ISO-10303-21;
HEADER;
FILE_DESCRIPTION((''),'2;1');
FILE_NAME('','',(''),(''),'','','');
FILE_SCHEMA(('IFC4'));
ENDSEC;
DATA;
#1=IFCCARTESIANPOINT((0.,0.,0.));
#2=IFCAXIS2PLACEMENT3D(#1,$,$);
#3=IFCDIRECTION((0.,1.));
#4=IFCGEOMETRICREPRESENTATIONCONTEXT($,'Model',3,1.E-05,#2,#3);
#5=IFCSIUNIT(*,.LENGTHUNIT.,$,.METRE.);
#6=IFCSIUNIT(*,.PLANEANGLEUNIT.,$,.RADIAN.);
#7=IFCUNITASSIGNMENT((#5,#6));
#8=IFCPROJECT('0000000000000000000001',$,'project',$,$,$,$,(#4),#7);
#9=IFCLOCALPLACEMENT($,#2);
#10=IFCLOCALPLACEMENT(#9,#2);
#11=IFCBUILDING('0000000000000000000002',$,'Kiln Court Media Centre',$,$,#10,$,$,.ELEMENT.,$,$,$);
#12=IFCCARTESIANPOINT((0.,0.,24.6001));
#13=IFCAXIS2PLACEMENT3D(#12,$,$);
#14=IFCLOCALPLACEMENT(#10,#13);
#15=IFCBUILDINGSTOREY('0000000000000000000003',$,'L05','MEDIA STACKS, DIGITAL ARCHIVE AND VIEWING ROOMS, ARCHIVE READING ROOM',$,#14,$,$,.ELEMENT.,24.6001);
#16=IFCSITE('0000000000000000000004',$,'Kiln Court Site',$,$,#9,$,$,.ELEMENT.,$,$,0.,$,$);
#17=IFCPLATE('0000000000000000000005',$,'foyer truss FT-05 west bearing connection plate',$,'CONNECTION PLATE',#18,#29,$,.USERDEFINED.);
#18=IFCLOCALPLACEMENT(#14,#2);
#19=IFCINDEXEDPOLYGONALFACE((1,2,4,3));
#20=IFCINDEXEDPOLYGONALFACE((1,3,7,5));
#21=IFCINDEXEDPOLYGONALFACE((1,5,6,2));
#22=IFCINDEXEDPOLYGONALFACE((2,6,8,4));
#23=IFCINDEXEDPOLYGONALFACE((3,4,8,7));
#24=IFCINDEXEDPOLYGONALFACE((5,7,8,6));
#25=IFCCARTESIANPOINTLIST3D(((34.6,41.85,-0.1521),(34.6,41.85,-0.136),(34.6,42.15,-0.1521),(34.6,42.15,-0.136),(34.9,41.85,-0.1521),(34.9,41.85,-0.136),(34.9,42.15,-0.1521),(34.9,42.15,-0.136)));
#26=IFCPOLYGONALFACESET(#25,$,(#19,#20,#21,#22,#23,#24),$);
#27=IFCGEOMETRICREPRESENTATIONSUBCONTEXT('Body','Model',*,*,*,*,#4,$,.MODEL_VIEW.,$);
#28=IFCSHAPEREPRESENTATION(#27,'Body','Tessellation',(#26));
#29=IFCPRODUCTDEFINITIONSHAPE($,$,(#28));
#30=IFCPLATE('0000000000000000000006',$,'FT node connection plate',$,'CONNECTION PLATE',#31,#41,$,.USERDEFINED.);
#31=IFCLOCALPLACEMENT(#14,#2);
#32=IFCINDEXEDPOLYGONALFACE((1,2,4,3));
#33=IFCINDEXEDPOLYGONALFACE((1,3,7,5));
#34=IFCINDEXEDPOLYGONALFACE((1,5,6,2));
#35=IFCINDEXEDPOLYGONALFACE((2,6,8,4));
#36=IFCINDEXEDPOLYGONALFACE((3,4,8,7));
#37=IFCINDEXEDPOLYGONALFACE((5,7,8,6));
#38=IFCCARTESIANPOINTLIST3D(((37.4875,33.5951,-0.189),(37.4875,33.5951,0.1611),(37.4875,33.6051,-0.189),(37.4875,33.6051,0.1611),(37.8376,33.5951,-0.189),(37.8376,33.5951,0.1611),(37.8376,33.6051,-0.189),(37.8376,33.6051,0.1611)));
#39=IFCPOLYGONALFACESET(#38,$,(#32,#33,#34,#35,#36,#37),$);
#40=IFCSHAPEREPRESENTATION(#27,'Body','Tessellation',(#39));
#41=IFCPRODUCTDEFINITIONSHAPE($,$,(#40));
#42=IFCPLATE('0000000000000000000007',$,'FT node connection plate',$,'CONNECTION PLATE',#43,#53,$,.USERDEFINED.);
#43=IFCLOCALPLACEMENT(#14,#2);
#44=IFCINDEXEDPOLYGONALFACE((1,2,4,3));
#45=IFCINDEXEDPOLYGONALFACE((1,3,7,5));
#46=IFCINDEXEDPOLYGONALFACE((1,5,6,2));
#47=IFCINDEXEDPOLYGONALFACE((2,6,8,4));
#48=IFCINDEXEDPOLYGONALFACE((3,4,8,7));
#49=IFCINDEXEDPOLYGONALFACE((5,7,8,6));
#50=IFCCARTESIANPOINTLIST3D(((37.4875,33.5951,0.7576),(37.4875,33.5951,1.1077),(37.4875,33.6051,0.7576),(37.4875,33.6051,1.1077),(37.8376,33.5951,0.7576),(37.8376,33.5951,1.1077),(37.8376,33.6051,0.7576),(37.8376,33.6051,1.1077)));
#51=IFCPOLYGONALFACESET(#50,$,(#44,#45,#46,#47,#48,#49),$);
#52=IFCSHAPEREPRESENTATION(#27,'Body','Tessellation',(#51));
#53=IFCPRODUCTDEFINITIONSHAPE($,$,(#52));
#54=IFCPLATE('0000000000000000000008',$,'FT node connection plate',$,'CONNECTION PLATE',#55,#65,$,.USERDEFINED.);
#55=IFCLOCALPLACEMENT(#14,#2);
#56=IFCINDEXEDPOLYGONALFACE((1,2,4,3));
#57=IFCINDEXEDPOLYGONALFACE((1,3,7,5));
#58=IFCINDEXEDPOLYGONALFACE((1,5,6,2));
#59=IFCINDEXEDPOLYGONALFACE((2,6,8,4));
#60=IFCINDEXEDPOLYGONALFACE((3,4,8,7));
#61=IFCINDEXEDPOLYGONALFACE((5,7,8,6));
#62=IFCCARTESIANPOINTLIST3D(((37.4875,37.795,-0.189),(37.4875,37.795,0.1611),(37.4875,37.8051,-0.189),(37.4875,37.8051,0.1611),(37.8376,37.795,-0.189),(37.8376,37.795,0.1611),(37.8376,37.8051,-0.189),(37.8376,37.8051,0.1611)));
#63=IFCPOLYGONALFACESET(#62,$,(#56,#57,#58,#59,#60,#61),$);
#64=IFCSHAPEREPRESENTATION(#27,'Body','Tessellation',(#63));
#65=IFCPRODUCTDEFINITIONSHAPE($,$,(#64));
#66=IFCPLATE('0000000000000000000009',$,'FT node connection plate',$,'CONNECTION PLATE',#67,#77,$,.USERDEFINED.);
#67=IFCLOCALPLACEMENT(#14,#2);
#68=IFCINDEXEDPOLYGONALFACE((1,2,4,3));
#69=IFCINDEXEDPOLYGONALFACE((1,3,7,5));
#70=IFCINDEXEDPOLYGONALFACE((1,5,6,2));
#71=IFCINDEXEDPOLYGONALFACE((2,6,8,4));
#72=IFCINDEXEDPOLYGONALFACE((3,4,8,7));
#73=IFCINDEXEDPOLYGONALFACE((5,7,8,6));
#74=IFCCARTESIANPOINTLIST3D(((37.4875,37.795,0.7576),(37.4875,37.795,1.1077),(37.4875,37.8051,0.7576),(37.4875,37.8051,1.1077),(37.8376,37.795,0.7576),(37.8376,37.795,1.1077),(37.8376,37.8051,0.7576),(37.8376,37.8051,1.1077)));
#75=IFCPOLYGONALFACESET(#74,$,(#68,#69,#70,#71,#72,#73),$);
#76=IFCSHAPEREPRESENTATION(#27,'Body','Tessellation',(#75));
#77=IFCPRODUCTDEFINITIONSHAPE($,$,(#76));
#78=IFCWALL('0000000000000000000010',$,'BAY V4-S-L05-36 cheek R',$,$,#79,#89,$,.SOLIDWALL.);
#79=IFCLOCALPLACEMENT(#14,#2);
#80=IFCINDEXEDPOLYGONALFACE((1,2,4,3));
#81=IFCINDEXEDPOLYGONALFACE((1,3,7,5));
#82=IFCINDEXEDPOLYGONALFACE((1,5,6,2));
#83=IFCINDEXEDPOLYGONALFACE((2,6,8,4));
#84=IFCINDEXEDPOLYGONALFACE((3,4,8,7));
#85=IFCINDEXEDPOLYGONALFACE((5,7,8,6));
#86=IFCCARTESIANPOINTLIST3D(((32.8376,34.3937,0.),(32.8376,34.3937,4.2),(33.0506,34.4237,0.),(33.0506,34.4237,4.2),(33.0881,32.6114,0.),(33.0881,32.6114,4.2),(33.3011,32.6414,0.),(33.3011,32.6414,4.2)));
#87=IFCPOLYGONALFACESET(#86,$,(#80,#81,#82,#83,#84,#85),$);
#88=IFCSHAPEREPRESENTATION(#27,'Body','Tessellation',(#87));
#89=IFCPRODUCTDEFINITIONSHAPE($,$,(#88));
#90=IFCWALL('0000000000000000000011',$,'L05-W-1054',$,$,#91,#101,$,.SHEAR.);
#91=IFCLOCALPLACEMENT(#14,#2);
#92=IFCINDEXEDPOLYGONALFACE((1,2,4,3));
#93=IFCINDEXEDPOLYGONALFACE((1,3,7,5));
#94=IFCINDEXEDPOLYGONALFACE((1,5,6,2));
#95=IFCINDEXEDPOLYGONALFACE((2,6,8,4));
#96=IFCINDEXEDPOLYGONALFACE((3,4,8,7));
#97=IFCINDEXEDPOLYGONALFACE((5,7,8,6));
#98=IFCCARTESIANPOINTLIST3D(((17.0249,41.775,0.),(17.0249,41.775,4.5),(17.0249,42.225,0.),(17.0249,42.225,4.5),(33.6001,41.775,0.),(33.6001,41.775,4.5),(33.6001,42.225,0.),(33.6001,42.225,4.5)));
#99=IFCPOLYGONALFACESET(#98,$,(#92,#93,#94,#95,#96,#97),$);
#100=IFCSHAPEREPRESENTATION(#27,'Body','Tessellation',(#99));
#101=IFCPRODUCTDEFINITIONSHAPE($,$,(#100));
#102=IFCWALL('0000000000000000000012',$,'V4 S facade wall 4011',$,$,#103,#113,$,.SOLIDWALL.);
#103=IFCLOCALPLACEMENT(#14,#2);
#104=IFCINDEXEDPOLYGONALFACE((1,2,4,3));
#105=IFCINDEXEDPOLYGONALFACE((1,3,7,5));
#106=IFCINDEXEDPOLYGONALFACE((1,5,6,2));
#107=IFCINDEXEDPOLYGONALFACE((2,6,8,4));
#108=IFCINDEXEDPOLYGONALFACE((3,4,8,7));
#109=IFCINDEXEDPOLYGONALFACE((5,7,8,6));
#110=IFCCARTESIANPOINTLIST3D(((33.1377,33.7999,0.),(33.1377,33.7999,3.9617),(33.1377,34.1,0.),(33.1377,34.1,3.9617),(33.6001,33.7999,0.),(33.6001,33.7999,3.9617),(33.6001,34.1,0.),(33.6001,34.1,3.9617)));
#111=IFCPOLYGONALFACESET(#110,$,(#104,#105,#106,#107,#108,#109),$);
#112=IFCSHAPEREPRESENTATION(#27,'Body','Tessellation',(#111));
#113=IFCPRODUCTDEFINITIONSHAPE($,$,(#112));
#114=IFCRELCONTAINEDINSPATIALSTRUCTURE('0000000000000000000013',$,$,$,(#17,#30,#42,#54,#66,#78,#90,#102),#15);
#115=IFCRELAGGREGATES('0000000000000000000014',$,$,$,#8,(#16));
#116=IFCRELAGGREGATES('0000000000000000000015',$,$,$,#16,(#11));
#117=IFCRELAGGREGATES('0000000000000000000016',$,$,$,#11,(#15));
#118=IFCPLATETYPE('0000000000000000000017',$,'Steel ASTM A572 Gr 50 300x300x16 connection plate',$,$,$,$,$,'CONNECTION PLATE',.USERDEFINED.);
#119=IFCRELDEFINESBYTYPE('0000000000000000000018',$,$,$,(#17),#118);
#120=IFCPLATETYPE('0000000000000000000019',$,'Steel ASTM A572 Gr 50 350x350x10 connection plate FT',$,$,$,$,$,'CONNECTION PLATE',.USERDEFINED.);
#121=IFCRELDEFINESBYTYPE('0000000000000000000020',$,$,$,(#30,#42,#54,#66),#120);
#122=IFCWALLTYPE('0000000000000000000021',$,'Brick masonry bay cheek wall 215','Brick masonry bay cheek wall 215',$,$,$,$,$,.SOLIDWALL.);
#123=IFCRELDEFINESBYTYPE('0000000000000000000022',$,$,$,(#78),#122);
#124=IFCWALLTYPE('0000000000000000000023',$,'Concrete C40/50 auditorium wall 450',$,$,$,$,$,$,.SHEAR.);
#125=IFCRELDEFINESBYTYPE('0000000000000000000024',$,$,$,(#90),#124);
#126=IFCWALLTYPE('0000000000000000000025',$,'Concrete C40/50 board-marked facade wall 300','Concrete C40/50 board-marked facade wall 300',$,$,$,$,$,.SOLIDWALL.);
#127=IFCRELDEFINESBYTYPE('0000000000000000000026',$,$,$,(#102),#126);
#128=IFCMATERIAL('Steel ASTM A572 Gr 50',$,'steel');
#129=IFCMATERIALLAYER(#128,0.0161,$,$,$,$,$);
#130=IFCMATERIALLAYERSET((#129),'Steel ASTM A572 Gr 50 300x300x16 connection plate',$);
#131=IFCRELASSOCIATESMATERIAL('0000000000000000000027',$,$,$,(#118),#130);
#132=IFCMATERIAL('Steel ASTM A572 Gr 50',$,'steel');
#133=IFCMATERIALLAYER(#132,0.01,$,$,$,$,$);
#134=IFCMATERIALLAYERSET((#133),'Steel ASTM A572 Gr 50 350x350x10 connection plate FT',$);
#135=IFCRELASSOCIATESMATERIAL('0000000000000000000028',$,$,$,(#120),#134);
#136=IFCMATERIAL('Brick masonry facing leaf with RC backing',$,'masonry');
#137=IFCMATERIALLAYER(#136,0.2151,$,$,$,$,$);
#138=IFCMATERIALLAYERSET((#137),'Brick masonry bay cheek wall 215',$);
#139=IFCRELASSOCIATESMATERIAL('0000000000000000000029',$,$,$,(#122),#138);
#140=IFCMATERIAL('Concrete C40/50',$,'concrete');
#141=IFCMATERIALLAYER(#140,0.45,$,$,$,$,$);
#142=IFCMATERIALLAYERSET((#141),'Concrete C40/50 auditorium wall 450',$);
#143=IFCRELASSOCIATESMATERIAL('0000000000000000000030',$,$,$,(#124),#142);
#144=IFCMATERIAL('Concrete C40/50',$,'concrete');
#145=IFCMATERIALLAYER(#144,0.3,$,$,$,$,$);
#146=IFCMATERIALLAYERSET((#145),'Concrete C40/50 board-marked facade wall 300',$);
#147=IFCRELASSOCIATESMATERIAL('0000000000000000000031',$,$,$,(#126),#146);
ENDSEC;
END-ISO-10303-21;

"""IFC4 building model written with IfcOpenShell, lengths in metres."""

from ifc_helpers import new_model, si_unit, direction, frame, frame_2d, origin, origin_2d, place, context, subcontext, project, spatial, rectangle, extrude, material, layer, layer_set, type_object, element, save


model = new_model("IFC4")

# Units and contexts
model_context = context("Model", 3, precision=1e-05, world=origin(), true_north=direction((0.0, 1.0)))
body_context = subcontext(model_context, "Body", "Model", "MODEL_VIEW")
ifc_project = project(units=[si_unit("LENGTHUNIT", "METRE"), si_unit("PLANEANGLEUNIT", "RADIAN")], contexts=[model_context])

# Site, building, storey
site_placement = place(None, origin())
site = spatial("IfcSite", under=ifc_project, at=site_placement, Name="Kiln Court Site", CompositionType="ELEMENT", RefElevation=0.0)
building_placement = place(site_placement, origin())
building = spatial("IfcBuilding", under=site, at=building_placement, Name="Kiln Court Media Centre", CompositionType="ELEMENT")
storey_placement = place(building_placement, frame((0.0, 0.0, 24.6001)))
storey = spatial("IfcBuildingStorey", under=building, at=storey_placement, Name="L05", Description="MEDIA STACKS, DIGITAL ARCHIVE AND VIEWING ROOMS, ARCHIVE READING ROOM", CompositionType="ELEMENT", Elevation=24.6001)

# Plates
ifc_material_1 = material(Name="Steel ASTM A572 Gr 50", Category="steel")
ifc_layer_1 = layer(ifc_material_1, 0.0161)
ifc_layer_set_1 = layer_set([ifc_layer_1], Name="Steel ASTM A572 Gr 50 300x300x16 connection plate")
plate_type_1 = type_object("IfcPlateType", Name="Steel ASTM A572 Gr 50 300x300x16 connection plate", ElementType="CONNECTION PLATE", PredefinedType="USERDEFINED", material=ifc_layer_set_1)
for number, where, z_axis, x_axis, name in (
    (1, (34.75, 42.0, -0.1521), (0.0, 0.0, 1.0), (1.0, 0.0, 0.0), "foyer truss FT-05 west bearing connection plate"),
):
    element("IfcPlate", number, at=place(storey_placement, frame(where, z_axis=z_axis, x_axis=x_axis)), inside=storey, type_object=plate_type_1, Name=name, ObjectType="CONNECTION PLATE", PredefinedType="USERDEFINED", context=body_context, shape_type="SweptSolid", body=[
        extrude(rectangle(XDim=0.3, YDim=0.3, at=origin_2d()), origin(), (0.0, 0.0, 1.0), 0.0161),
    ])
ifc_material_2 = material(Name="Steel ASTM A572 Gr 50", Category="steel")
ifc_layer_2 = layer(ifc_material_2, 0.01)
ifc_layer_set_2 = layer_set([ifc_layer_2], Name="Steel ASTM A572 Gr 50 350x350x10 connection plate FT")
plate_type_2 = type_object("IfcPlateType", Name="Steel ASTM A572 Gr 50 350x350x10 connection plate FT", ElementType="CONNECTION PLATE", PredefinedType="USERDEFINED", material=ifc_layer_set_2)
for number, where, z_axis, x_axis, name in (
    (2, (37.6626, 33.6001, -0.189), (0.0, 0.0, 1.0), (1.0, 0.0, 0.0), "FT node connection plate"),
    (3, (37.6626, 33.6001, 0.7576), (0.0, 0.0, 1.0), (1.0, 0.0, 0.0), "FT node connection plate"),
    (4, (37.6626, 37.8, -0.189), (0.0, 0.0, 1.0), (1.0, 0.0, 0.0), "FT node connection plate"),
    (5, (37.6626, 37.8, 0.7576), (0.0, 0.0, 1.0), (1.0, 0.0, 0.0), "FT node connection plate"),
):
    element("IfcPlate", number, at=place(storey_placement, frame(where, z_axis=z_axis, x_axis=x_axis)), inside=storey, type_object=plate_type_2, Name=name, ObjectType="CONNECTION PLATE", PredefinedType="USERDEFINED", context=body_context, shape_type="SweptSolid", body=[
        extrude(rectangle(XDim=0.3501, YDim=0.01, at=origin_2d()), origin(), (0.0, 0.0, 1.0), 0.3501),
    ])

# Walls
ifc_material_3 = material(Name="Brick masonry facing leaf with RC backing", Category="masonry")
ifc_layer_3 = layer(ifc_material_3, 0.2151)
ifc_layer_set_3 = layer_set([ifc_layer_3], Name="Brick masonry bay cheek wall 215")
wall_type_1 = type_object("IfcWallType", Name="Brick masonry bay cheek wall 215", Description="Brick masonry bay cheek wall 215", PredefinedType="SOLIDWALL", material=ifc_layer_set_3)
wall_1_placement = place(storey_placement, frame((32.9441, 34.4087, 0.0), z_axis=(0.0, 0.0, 1.0), x_axis=(0.13918, -0.990267, 0.0)))
element("IfcWall", 6, at=wall_1_placement, inside=storey, type_object=wall_type_1, Name="BAY V4-S-L05-36 cheek R", PredefinedType="SOLIDWALL", context=body_context, shape_type="SweptSolid", body=[
    extrude(rectangle(XDim=1.7998, YDim=0.2151, at=frame_2d((0.8999, 0.0))), origin(), (0.0, 0.0, 1.0), 4.2),
])
ifc_material_4 = material(Name="Concrete C40/50", Category="concrete")
ifc_layer_4 = layer(ifc_material_4, 0.45)
ifc_layer_set_4 = layer_set([ifc_layer_4], Name="Concrete C40/50 auditorium wall 450")
wall_type_2 = type_object("IfcWallType", Name="Concrete C40/50 auditorium wall 450", PredefinedType="SHEAR", material=ifc_layer_set_4)
wall_2_placement = place(storey_placement, frame((33.6001, 42.0, 0.0), z_axis=(0.0, 0.0, 1.0), x_axis=(-1.0, 0.0, 0.0)))
element("IfcWall", 7, at=wall_2_placement, inside=storey, type_object=wall_type_2, Name="L05-W-1054", PredefinedType="SHEAR", context=body_context, shape_type="SweptSolid", body=[
    extrude(rectangle(XDim=16.5752, YDim=0.45, at=frame_2d((8.2876, 0.0))), origin(), (0.0, 0.0, 1.0), 4.5),
])
ifc_material_5 = material(Name="Concrete C40/50", Category="concrete")
ifc_layer_5 = layer(ifc_material_5, 0.3)
ifc_layer_set_5 = layer_set([ifc_layer_5], Name="Concrete C40/50 board-marked facade wall 300")
wall_type_3 = type_object("IfcWallType", Name="Concrete C40/50 board-marked facade wall 300", Description="Concrete C40/50 board-marked facade wall 300", PredefinedType="SOLIDWALL", material=ifc_layer_set_5)
wall_3_placement = place(storey_placement, frame((33.6001, 33.95, 0.0), z_axis=(0.0, 0.0, 1.0), x_axis=(-1.0, 0.0, 0.0)))
element("IfcWall", 8, at=wall_3_placement, inside=storey, type_object=wall_type_3, Name="V4 S facade wall 4011", PredefinedType="SOLIDWALL", context=body_context, shape_type="SweptSolid", body=[
    extrude(rectangle(XDim=0.4624, YDim=0.3, at=frame_2d((0.2312, 0.0))), origin(), (0.0, 0.0, 1.0), 3.9617),
])

save(model, "model.ifc")
